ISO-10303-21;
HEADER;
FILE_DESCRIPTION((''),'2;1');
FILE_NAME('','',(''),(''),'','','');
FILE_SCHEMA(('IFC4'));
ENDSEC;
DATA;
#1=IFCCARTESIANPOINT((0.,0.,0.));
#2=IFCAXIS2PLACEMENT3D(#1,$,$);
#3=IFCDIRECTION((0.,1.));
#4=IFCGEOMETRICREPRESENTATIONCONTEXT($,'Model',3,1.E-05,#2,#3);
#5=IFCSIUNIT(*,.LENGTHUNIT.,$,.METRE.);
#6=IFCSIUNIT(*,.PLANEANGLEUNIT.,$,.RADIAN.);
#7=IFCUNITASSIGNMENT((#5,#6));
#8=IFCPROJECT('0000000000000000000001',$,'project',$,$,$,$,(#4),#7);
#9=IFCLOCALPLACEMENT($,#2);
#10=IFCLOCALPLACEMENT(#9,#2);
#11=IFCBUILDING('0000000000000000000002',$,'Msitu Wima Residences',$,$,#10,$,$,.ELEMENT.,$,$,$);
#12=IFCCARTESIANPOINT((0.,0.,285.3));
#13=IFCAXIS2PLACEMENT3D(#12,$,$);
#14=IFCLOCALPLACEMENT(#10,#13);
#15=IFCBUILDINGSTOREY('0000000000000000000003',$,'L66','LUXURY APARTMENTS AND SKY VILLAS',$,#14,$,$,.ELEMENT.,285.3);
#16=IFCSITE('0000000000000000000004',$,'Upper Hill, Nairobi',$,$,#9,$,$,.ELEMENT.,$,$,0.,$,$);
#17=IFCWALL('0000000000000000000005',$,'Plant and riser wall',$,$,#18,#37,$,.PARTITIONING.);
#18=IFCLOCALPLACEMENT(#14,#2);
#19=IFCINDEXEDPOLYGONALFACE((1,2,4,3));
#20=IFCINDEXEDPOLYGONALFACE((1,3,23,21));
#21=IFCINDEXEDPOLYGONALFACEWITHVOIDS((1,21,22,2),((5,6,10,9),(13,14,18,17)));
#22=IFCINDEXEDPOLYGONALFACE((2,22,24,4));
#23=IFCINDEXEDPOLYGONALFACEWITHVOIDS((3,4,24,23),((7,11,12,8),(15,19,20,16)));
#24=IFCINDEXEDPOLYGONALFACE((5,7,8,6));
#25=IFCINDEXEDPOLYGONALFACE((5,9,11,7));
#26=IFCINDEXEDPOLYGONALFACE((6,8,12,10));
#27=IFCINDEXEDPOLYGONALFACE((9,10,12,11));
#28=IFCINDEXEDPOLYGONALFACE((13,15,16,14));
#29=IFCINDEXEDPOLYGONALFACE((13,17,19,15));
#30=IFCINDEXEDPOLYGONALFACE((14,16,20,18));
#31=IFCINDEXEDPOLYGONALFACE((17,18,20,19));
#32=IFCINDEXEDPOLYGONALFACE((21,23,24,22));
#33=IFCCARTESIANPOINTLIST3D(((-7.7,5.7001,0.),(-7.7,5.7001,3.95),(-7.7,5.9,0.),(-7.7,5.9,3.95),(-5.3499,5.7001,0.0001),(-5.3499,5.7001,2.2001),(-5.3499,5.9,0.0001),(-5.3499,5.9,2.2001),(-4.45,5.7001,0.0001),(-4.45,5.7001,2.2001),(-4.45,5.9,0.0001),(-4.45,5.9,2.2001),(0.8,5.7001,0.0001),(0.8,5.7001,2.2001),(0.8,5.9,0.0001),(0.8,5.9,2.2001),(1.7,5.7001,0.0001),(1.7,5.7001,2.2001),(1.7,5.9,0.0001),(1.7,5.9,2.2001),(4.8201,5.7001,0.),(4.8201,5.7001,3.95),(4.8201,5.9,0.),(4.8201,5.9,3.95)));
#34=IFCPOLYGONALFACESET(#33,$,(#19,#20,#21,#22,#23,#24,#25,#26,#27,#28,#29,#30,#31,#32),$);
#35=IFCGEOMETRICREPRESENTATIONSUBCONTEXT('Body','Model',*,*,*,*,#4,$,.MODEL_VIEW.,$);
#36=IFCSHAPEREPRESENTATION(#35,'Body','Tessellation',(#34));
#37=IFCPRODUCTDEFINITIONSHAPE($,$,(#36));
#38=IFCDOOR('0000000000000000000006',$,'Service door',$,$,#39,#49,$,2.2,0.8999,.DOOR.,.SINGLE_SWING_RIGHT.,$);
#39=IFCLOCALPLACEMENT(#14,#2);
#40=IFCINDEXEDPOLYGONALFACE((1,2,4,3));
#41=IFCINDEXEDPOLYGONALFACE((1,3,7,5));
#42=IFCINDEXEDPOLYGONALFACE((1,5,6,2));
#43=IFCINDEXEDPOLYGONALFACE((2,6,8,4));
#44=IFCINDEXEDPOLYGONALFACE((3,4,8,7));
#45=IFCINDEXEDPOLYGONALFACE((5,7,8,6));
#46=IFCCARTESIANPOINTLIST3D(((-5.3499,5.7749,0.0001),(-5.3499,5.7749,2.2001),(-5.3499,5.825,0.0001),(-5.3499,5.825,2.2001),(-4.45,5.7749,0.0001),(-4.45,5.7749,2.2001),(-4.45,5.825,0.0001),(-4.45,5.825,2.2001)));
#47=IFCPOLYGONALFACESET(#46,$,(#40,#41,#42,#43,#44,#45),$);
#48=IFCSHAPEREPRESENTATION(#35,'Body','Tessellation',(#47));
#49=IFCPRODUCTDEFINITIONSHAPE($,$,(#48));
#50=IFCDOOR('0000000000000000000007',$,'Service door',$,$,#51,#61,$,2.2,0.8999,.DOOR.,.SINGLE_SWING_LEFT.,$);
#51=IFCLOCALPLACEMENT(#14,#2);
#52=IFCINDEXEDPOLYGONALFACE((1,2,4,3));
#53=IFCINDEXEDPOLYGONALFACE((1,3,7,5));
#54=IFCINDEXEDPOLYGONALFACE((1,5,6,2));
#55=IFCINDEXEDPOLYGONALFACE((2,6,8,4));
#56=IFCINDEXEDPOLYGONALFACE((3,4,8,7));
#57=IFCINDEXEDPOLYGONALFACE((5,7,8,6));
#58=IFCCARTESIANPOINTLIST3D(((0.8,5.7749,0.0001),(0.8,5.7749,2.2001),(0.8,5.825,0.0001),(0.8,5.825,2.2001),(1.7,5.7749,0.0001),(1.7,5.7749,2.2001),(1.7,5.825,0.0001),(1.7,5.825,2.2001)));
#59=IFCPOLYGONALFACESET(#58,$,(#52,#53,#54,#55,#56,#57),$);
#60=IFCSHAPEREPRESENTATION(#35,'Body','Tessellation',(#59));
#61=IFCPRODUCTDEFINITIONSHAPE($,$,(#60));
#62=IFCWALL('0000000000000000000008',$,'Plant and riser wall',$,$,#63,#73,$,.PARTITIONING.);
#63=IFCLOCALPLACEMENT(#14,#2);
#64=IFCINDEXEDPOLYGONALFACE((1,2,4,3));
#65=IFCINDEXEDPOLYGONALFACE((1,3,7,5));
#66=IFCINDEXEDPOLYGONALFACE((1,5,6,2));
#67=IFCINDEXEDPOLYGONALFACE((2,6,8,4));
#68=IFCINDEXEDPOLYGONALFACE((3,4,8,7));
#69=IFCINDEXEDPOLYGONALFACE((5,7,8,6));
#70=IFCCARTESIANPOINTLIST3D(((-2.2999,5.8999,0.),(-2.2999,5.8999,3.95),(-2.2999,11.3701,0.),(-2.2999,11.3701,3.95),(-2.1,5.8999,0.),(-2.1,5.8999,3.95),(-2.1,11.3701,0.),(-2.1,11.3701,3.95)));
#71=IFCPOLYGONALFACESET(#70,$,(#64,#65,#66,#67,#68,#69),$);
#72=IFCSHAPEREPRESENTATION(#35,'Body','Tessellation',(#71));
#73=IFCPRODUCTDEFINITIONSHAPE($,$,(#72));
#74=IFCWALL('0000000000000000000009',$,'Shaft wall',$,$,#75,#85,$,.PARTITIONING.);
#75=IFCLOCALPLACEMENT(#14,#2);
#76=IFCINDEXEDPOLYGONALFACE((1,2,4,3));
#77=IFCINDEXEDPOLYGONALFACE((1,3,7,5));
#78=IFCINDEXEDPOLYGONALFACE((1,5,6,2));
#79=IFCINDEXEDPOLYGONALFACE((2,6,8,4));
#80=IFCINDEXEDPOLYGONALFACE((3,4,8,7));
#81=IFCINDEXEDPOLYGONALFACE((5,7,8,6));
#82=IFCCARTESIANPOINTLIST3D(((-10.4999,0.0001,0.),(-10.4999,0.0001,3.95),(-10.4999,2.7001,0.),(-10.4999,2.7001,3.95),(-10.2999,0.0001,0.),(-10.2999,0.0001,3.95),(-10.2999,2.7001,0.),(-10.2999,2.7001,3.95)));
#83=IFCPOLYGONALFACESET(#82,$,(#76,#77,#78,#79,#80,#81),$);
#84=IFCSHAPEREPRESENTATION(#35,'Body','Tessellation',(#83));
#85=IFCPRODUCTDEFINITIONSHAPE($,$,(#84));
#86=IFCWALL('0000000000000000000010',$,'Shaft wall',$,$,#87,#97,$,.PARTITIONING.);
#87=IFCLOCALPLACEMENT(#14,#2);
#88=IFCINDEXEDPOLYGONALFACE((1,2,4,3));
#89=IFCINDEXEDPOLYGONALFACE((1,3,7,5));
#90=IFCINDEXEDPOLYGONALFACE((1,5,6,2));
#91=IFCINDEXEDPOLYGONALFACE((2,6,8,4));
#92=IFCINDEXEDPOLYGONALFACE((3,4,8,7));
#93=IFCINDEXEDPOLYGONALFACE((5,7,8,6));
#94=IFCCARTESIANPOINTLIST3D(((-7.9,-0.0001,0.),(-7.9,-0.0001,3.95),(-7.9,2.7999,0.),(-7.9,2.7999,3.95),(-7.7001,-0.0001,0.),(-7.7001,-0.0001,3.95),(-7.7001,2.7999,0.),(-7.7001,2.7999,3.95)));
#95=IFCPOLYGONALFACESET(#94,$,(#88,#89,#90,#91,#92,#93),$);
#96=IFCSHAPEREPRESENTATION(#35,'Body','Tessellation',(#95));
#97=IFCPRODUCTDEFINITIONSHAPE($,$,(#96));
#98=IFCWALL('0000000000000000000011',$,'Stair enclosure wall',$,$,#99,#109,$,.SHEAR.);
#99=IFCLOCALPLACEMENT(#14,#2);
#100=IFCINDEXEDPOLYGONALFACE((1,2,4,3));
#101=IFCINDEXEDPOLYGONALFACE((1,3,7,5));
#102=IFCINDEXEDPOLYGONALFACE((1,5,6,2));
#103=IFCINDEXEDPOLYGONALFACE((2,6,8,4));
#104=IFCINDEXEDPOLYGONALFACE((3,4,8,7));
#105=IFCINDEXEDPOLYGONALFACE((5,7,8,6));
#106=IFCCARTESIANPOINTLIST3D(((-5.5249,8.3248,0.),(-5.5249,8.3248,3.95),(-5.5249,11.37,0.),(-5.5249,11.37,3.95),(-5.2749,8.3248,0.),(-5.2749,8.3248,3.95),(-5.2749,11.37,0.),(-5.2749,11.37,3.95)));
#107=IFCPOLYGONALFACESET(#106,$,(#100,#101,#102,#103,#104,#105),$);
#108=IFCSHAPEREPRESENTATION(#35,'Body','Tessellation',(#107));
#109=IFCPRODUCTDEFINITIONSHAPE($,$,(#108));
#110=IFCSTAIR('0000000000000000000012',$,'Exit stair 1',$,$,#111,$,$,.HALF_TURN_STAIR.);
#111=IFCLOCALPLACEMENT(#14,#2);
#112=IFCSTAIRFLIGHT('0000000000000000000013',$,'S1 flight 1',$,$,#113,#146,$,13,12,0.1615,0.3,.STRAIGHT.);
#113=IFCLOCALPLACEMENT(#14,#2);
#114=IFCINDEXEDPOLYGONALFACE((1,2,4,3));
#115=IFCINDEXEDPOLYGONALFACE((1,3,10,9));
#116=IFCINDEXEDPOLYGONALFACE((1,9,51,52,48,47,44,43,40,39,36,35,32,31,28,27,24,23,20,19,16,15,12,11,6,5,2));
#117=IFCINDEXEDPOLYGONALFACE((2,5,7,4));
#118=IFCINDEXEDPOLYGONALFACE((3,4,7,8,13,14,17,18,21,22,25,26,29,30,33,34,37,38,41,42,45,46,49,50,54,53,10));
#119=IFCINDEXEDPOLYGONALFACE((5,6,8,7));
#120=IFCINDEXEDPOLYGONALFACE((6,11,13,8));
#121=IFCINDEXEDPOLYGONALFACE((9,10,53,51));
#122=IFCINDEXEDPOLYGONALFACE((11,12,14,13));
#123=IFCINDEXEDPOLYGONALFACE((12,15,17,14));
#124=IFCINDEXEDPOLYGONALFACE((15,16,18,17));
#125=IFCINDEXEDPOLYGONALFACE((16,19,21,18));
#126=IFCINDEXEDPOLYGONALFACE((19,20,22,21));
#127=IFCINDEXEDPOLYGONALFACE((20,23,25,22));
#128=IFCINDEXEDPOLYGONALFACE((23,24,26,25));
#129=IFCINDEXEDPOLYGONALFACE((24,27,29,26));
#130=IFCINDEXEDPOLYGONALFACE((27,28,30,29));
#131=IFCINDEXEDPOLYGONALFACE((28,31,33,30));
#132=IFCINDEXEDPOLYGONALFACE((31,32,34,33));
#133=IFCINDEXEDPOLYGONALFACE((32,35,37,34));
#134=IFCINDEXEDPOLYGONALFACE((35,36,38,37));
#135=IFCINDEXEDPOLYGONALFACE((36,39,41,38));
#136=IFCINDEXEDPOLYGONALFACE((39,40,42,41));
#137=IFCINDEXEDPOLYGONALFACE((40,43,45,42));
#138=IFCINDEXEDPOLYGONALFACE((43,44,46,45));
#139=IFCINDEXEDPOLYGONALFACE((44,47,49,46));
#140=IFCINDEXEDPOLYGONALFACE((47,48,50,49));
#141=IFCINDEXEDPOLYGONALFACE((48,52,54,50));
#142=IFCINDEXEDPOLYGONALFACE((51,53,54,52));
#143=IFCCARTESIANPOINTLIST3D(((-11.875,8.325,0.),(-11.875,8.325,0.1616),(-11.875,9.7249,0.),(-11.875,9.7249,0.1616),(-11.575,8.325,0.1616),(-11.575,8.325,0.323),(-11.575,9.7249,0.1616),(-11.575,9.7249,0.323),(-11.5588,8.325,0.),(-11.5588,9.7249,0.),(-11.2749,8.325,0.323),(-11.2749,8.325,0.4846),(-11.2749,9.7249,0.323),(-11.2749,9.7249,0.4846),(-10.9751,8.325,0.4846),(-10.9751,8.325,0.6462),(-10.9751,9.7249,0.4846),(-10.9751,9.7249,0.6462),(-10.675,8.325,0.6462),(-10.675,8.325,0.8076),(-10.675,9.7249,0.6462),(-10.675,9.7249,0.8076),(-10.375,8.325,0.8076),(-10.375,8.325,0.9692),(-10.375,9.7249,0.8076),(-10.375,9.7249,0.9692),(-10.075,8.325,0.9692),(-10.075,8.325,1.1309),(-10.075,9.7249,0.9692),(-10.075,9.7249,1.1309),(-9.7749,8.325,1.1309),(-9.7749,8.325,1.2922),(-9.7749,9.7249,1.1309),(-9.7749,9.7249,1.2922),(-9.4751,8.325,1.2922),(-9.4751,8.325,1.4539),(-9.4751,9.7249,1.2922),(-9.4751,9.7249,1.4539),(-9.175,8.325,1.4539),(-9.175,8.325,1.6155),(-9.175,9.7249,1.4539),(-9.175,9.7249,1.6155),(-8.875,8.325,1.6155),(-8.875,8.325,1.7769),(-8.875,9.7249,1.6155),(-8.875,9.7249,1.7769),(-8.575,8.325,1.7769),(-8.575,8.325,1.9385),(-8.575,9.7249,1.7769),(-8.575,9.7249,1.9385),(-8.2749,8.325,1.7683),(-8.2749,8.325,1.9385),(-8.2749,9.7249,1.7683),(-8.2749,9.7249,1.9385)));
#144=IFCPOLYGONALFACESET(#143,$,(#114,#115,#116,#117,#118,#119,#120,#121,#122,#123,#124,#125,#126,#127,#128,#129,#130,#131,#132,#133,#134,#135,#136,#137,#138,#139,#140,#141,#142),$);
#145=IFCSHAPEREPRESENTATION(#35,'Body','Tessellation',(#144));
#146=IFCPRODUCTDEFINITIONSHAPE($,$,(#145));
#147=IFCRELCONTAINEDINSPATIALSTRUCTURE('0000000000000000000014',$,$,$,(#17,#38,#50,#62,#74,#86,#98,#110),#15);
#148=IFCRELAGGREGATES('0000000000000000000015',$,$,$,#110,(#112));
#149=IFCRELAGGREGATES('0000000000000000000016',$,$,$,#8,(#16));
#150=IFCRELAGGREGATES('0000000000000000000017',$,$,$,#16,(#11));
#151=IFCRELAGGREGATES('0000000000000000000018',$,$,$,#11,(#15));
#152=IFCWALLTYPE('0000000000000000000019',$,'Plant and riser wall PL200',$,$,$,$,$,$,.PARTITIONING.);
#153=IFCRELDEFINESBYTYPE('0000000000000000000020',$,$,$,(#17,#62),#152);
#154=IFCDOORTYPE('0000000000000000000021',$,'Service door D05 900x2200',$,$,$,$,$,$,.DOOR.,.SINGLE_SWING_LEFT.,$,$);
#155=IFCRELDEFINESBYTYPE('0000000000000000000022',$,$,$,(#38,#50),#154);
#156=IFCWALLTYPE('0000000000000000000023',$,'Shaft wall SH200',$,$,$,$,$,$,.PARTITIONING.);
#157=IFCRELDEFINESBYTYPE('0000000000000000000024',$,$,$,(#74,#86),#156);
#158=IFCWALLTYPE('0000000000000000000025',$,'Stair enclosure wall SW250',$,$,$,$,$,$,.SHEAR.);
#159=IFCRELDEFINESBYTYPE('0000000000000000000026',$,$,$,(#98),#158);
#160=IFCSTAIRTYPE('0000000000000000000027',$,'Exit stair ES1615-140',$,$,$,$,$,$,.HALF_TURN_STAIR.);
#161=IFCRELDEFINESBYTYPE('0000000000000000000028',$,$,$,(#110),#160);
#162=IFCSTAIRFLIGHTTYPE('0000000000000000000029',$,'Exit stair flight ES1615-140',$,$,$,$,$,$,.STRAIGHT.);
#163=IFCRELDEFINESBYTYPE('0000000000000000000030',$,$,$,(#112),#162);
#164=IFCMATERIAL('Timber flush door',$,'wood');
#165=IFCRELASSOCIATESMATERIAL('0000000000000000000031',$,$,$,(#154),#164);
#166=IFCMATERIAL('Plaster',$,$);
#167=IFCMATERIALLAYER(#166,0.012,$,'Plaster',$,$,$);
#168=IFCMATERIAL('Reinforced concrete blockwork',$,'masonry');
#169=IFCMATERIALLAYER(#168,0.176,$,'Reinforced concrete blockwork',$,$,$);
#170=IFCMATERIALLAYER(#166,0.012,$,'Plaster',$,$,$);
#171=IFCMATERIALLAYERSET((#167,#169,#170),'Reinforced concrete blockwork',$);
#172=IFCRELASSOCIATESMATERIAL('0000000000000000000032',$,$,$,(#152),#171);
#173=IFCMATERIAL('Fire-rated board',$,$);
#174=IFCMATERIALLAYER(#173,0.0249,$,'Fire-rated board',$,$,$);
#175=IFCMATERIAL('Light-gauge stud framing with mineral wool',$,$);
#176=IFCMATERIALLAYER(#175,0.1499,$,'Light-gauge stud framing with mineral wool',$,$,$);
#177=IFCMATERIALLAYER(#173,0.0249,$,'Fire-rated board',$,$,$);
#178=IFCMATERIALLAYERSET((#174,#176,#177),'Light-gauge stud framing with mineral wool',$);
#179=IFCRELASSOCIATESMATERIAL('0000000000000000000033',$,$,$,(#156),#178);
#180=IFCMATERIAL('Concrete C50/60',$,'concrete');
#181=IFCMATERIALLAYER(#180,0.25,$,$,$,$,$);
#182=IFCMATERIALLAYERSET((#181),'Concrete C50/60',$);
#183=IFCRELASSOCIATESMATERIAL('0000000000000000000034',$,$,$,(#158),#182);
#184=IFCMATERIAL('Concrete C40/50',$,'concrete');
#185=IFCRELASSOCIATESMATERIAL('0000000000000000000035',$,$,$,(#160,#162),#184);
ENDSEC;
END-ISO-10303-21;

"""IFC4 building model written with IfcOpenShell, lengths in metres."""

from ifc_helpers import new_model, si_unit, direction, frame, frame_2d, origin, place, context, subcontext, project, spatial, polyline, rectangle, outline, extrude, material, layer, layer_set, type_object, element, fill, aggregate, save


model = new_model("IFC4")

# Units and contexts
model_context = context("Model", 3, precision=1e-05, world=origin(), true_north=direction((0.0, 1.0)))
body_context = subcontext(model_context, "Body", "Model", "MODEL_VIEW")
ifc_project = project(units=[si_unit("LENGTHUNIT", "METRE"), si_unit("PLANEANGLEUNIT", "RADIAN")], contexts=[model_context])

# Site, building, storey
site_placement = place(None, origin())
site = spatial("IfcSite", under=ifc_project, at=site_placement, Name="Upper Hill, Nairobi", CompositionType="ELEMENT", RefElevation=0.0)
building_placement = place(site_placement, origin())
building = spatial("IfcBuilding", under=site, at=building_placement, Name="Msitu Wima Residences", CompositionType="ELEMENT")
storey_placement = place(building_placement, frame((0.0, 0.0, 285.3)))
storey = spatial("IfcBuildingStorey", under=building, at=storey_placement, Name="L66", Description="LUXURY APARTMENTS AND SKY VILLAS", CompositionType="ELEMENT", Elevation=285.3)

# Shared definitions
ifc_material_1 = material(Name="Concrete C40/50", Category="concrete")

# Shared definitions
ifc_material_2 = material(Name="Plaster")
ifc_material_3 = material(Name="Timber flush door", Category="wood")
door_type_1 = type_object("IfcDoorType", Name="Service door D05 900x2200", OperationType="SINGLE_SWING_LEFT", PredefinedType="DOOR", material=ifc_material_3)

# Shared definitions
ifc_layer_1 = layer(ifc_material_2, 0.012, Name="Plaster")
ifc_material_4 = material(Name="Reinforced concrete blockwork", Category="masonry")
ifc_layer_2 = layer(ifc_material_4, 0.176, Name="Reinforced concrete blockwork")
ifc_layer_3 = layer(ifc_material_2, 0.012, Name="Plaster")
ifc_layer_set_1 = layer_set([ifc_layer_1, ifc_layer_2, ifc_layer_3], Name="Reinforced concrete blockwork")
wall_type_1 = type_object("IfcWallType", Name="Plant and riser wall PL200", PredefinedType="PARTITIONING", material=ifc_layer_set_1)

# Wall, openings, doors
wall_1_placement = place(storey_placement, frame((-7.7, 5.8, 0.0), z_axis=(0.0, 0.0, 1.0), x_axis=(1.0, 0.0, 0.0)))
wall_1 = element("IfcWall", 1, at=wall_1_placement, inside=storey, type_object=wall_type_1, Name="Plant and riser wall", PredefinedType="PARTITIONING", context=body_context, shape_type="SweptSolid", body=[
    extrude(rectangle(XDim=12.52, YDim=0.2, at=frame_2d((6.26, 0.0))), origin(), (0.0, 0.0, 1.0), 3.95),
])
opening_1_placement = place(wall_1_placement, frame((2.3501, 0.0, 0.0)))
opening_1 = element("IfcOpeningElement", 2, at=opening_1_placement, cuts=wall_1, PredefinedType="OPENING", context=body_context, shape_type="SweptSolid", body=[
    extrude(rectangle(XDim=0.8999, YDim=2.2, at=frame_2d((0.45, 1.1001))), frame((0.0, 0.1099, 0.0), z_axis=(0.0, -1.0, 0.0), x_axis=(1.0, 0.0, 0.0)), (0.0, 0.0, 1.0), 0.22),
])
opening_2_placement = place(wall_1_placement, frame((8.5, 0.0, 0.0)))
opening_2 = element("IfcOpeningElement", 3, at=opening_2_placement, cuts=wall_1, PredefinedType="OPENING", context=body_context, shape_type="SweptSolid", body=[
    extrude(rectangle(XDim=0.8999, YDim=2.2, at=frame_2d((0.45, 1.1001))), frame((0.0, 0.1099, 0.0), z_axis=(0.0, -1.0, 0.0), x_axis=(1.0, 0.0, 0.0)), (0.0, 0.0, 1.0), 0.22),
])
door_1_placement = place(opening_1_placement, origin())
door_1 = element("IfcDoor", 4, at=door_1_placement, inside=storey, type_object=door_type_1, Name="Service door", OperationType="SINGLE_SWING_RIGHT", OverallHeight=2.2, OverallWidth=0.8999, PredefinedType="DOOR", context=body_context, shape_type="SweptSolid", body=[
    extrude(rectangle(XDim=0.8999, YDim=2.2, at=frame_2d((0.45, 1.1001))), frame((0.0, 0.0249, 0.0), z_axis=(0.0, -1.0, 0.0), x_axis=(1.0, 0.0, 0.0)), (0.0, 0.0, 1.0), 0.05),
])
fill(opening_1, door_1)
door_2_placement = place(opening_2_placement, origin())
door_2 = element("IfcDoor", 5, at=door_2_placement, inside=storey, type_object=door_type_1, Name="Service door", OperationType="SINGLE_SWING_LEFT", OverallHeight=2.2, OverallWidth=0.8999, PredefinedType="DOOR", context=body_context, shape_type="SweptSolid", body=[
    extrude(rectangle(XDim=0.8999, YDim=2.2, at=frame_2d((0.45, 1.1001))), frame((0.0, 0.0249, 0.0), z_axis=(0.0, -1.0, 0.0), x_axis=(1.0, 0.0, 0.0)), (0.0, 0.0, 1.0), 0.05),
])
fill(opening_2, door_2)

# Walls
wall_2_placement = place(storey_placement, frame((-2.2, 5.8999, 0.0), z_axis=(0.0, 0.0, 1.0), x_axis=(0.0, 1.0, 0.0)))
element("IfcWall", 6, at=wall_2_placement, inside=storey, type_object=wall_type_1, Name="Plant and riser wall", PredefinedType="PARTITIONING", context=body_context, shape_type="SweptSolid", body=[
    extrude(rectangle(XDim=5.4702, YDim=0.2, at=frame_2d((2.7351, 0.0))), origin(), (0.0, 0.0, 1.0), 3.95),
])
ifc_material_5 = material(Name="Fire-rated board")
ifc_layer_4 = layer(ifc_material_5, 0.0249, Name="Fire-rated board")
ifc_material_6 = material(Name="Light-gauge stud framing with mineral wool")
ifc_layer_5 = layer(ifc_material_6, 0.1499, Name="Light-gauge stud framing with mineral wool")
ifc_layer_6 = layer(ifc_material_5, 0.0249, Name="Fire-rated board")
ifc_layer_set_2 = layer_set([ifc_layer_4, ifc_layer_5, ifc_layer_6], Name="Light-gauge stud framing with mineral wool")
wall_type_2 = type_object("IfcWallType", Name="Shaft wall SH200", PredefinedType="PARTITIONING", material=ifc_layer_set_2)
wall_3_placement = place(storey_placement, frame((-10.3999, 0.0, 0.0), z_axis=(0.0, 0.0, 1.0), x_axis=(0.0, 1.0, 0.0)))
element("IfcWall", 7, at=wall_3_placement, inside=storey, type_object=wall_type_2, Name="Shaft wall", PredefinedType="PARTITIONING", context=body_context, shape_type="SweptSolid", body=[
    extrude(rectangle(XDim=2.7, YDim=0.2, at=frame_2d((1.3501, 0.0))), origin(), (0.0, 0.0, 1.0), 3.95),
])
wall_4_placement = place(storey_placement, frame((-7.8, 0.0, 0.0), z_axis=(0.0, 0.0, 1.0), x_axis=(0.0, 1.0, 0.0)))
element("IfcWall", 8, at=wall_4_placement, inside=storey, type_object=wall_type_2, Name="Shaft wall", PredefinedType="PARTITIONING", context=body_context, shape_type="SweptSolid", body=[
    extrude(rectangle(XDim=2.8, YDim=0.2, at=frame_2d((1.3999, 0.0))), origin(), (0.0, 0.0, 1.0), 3.95),
])
ifc_material_7 = material(Name="Concrete C50/60", Category="concrete")
ifc_layer_7 = layer(ifc_material_7, 0.25)
ifc_layer_set_3 = layer_set([ifc_layer_7], Name="Concrete C50/60")
wall_type_3 = type_object("IfcWallType", Name="Stair enclosure wall SW250", PredefinedType="SHEAR", material=ifc_layer_set_3)
wall_5_placement = place(storey_placement, frame((-5.3999, 8.325, 0.0), z_axis=(0.0, 0.0, 1.0), x_axis=(0.0, 1.0, 0.0)))
element("IfcWall", 9, at=wall_5_placement, inside=storey, type_object=wall_type_3, Name="Stair enclosure wall", PredefinedType="SHEAR", context=body_context, shape_type="SweptSolid", body=[
    extrude(rectangle(XDim=3.0452, YDim=0.25, at=frame_2d((1.5225, 0.0))), origin(), (0.0, 0.0, 1.0), 3.95),
])

# Stair, stair flight
stair_type = type_object("IfcStairType", Name="Exit stair ES1615-140", PredefinedType="HALF_TURN_STAIR", material=ifc_material_1)
stair_placement = place(storey_placement, origin())
stair = element("IfcStair", 10, at=stair_placement, inside=storey, type_object=stair_type, Name="Exit stair 1", PredefinedType="HALF_TURN_STAIR")
stair_flight_type = type_object("IfcStairFlightType", Name="Exit stair flight ES1615-140", PredefinedType="STRAIGHT", material=ifc_material_1)
stair_flight_1_placement = place(storey_placement, frame((-11.875, 9.0249, 0.0), z_axis=(0.0, 0.0, 1.0), x_axis=(1.0, 0.0, 0.0)))
stair_flight_1 = element("IfcStairFlight", 11, at=stair_flight_1_placement, type_object=stair_flight_type, Name="S1 flight 1", NumberOfRisers=13, NumberOfTreads=12, PredefinedType="STRAIGHT", RiserHeight=0.1615, TreadLength=0.3, context=body_context, shape_type="SweptSolid", body=[
    extrude(outline(polyline([(0.0, 0.0), (0.0, 0.1616), (0.3, 0.1616), (0.3, 0.323), (0.6001, 0.323), (0.6001, 0.4846), (0.8999, 0.4846), (0.8999, 0.6462), (1.2, 0.6462), (1.2, 0.8076), (1.5, 0.8076), (1.5, 0.9692), (1.8, 0.9692), (1.8, 1.1309), (2.1001, 1.1309), (2.1001, 1.2922), (2.3999, 1.2922), (2.3999, 1.4539), (2.7, 1.4539), (2.7, 1.6155), (3.0, 1.6155), (3.0, 1.7769), (3.3, 1.7769), (3.3, 1.9385), (3.6001, 1.9385), (3.6001, 2.1001), (3.6001, 1.7683), (0.3162, 0.0), (0.0, 0.0)])), frame((0.0, 0.7, 0.0), z_axis=(0.0, -1.0, 0.0), x_axis=(1.0, 0.0, 0.0)), (0.0, 0.0, 1.0), 1.3999),
])
aggregate(stair, [stair_flight_1])

save(model, "model.ifc")
